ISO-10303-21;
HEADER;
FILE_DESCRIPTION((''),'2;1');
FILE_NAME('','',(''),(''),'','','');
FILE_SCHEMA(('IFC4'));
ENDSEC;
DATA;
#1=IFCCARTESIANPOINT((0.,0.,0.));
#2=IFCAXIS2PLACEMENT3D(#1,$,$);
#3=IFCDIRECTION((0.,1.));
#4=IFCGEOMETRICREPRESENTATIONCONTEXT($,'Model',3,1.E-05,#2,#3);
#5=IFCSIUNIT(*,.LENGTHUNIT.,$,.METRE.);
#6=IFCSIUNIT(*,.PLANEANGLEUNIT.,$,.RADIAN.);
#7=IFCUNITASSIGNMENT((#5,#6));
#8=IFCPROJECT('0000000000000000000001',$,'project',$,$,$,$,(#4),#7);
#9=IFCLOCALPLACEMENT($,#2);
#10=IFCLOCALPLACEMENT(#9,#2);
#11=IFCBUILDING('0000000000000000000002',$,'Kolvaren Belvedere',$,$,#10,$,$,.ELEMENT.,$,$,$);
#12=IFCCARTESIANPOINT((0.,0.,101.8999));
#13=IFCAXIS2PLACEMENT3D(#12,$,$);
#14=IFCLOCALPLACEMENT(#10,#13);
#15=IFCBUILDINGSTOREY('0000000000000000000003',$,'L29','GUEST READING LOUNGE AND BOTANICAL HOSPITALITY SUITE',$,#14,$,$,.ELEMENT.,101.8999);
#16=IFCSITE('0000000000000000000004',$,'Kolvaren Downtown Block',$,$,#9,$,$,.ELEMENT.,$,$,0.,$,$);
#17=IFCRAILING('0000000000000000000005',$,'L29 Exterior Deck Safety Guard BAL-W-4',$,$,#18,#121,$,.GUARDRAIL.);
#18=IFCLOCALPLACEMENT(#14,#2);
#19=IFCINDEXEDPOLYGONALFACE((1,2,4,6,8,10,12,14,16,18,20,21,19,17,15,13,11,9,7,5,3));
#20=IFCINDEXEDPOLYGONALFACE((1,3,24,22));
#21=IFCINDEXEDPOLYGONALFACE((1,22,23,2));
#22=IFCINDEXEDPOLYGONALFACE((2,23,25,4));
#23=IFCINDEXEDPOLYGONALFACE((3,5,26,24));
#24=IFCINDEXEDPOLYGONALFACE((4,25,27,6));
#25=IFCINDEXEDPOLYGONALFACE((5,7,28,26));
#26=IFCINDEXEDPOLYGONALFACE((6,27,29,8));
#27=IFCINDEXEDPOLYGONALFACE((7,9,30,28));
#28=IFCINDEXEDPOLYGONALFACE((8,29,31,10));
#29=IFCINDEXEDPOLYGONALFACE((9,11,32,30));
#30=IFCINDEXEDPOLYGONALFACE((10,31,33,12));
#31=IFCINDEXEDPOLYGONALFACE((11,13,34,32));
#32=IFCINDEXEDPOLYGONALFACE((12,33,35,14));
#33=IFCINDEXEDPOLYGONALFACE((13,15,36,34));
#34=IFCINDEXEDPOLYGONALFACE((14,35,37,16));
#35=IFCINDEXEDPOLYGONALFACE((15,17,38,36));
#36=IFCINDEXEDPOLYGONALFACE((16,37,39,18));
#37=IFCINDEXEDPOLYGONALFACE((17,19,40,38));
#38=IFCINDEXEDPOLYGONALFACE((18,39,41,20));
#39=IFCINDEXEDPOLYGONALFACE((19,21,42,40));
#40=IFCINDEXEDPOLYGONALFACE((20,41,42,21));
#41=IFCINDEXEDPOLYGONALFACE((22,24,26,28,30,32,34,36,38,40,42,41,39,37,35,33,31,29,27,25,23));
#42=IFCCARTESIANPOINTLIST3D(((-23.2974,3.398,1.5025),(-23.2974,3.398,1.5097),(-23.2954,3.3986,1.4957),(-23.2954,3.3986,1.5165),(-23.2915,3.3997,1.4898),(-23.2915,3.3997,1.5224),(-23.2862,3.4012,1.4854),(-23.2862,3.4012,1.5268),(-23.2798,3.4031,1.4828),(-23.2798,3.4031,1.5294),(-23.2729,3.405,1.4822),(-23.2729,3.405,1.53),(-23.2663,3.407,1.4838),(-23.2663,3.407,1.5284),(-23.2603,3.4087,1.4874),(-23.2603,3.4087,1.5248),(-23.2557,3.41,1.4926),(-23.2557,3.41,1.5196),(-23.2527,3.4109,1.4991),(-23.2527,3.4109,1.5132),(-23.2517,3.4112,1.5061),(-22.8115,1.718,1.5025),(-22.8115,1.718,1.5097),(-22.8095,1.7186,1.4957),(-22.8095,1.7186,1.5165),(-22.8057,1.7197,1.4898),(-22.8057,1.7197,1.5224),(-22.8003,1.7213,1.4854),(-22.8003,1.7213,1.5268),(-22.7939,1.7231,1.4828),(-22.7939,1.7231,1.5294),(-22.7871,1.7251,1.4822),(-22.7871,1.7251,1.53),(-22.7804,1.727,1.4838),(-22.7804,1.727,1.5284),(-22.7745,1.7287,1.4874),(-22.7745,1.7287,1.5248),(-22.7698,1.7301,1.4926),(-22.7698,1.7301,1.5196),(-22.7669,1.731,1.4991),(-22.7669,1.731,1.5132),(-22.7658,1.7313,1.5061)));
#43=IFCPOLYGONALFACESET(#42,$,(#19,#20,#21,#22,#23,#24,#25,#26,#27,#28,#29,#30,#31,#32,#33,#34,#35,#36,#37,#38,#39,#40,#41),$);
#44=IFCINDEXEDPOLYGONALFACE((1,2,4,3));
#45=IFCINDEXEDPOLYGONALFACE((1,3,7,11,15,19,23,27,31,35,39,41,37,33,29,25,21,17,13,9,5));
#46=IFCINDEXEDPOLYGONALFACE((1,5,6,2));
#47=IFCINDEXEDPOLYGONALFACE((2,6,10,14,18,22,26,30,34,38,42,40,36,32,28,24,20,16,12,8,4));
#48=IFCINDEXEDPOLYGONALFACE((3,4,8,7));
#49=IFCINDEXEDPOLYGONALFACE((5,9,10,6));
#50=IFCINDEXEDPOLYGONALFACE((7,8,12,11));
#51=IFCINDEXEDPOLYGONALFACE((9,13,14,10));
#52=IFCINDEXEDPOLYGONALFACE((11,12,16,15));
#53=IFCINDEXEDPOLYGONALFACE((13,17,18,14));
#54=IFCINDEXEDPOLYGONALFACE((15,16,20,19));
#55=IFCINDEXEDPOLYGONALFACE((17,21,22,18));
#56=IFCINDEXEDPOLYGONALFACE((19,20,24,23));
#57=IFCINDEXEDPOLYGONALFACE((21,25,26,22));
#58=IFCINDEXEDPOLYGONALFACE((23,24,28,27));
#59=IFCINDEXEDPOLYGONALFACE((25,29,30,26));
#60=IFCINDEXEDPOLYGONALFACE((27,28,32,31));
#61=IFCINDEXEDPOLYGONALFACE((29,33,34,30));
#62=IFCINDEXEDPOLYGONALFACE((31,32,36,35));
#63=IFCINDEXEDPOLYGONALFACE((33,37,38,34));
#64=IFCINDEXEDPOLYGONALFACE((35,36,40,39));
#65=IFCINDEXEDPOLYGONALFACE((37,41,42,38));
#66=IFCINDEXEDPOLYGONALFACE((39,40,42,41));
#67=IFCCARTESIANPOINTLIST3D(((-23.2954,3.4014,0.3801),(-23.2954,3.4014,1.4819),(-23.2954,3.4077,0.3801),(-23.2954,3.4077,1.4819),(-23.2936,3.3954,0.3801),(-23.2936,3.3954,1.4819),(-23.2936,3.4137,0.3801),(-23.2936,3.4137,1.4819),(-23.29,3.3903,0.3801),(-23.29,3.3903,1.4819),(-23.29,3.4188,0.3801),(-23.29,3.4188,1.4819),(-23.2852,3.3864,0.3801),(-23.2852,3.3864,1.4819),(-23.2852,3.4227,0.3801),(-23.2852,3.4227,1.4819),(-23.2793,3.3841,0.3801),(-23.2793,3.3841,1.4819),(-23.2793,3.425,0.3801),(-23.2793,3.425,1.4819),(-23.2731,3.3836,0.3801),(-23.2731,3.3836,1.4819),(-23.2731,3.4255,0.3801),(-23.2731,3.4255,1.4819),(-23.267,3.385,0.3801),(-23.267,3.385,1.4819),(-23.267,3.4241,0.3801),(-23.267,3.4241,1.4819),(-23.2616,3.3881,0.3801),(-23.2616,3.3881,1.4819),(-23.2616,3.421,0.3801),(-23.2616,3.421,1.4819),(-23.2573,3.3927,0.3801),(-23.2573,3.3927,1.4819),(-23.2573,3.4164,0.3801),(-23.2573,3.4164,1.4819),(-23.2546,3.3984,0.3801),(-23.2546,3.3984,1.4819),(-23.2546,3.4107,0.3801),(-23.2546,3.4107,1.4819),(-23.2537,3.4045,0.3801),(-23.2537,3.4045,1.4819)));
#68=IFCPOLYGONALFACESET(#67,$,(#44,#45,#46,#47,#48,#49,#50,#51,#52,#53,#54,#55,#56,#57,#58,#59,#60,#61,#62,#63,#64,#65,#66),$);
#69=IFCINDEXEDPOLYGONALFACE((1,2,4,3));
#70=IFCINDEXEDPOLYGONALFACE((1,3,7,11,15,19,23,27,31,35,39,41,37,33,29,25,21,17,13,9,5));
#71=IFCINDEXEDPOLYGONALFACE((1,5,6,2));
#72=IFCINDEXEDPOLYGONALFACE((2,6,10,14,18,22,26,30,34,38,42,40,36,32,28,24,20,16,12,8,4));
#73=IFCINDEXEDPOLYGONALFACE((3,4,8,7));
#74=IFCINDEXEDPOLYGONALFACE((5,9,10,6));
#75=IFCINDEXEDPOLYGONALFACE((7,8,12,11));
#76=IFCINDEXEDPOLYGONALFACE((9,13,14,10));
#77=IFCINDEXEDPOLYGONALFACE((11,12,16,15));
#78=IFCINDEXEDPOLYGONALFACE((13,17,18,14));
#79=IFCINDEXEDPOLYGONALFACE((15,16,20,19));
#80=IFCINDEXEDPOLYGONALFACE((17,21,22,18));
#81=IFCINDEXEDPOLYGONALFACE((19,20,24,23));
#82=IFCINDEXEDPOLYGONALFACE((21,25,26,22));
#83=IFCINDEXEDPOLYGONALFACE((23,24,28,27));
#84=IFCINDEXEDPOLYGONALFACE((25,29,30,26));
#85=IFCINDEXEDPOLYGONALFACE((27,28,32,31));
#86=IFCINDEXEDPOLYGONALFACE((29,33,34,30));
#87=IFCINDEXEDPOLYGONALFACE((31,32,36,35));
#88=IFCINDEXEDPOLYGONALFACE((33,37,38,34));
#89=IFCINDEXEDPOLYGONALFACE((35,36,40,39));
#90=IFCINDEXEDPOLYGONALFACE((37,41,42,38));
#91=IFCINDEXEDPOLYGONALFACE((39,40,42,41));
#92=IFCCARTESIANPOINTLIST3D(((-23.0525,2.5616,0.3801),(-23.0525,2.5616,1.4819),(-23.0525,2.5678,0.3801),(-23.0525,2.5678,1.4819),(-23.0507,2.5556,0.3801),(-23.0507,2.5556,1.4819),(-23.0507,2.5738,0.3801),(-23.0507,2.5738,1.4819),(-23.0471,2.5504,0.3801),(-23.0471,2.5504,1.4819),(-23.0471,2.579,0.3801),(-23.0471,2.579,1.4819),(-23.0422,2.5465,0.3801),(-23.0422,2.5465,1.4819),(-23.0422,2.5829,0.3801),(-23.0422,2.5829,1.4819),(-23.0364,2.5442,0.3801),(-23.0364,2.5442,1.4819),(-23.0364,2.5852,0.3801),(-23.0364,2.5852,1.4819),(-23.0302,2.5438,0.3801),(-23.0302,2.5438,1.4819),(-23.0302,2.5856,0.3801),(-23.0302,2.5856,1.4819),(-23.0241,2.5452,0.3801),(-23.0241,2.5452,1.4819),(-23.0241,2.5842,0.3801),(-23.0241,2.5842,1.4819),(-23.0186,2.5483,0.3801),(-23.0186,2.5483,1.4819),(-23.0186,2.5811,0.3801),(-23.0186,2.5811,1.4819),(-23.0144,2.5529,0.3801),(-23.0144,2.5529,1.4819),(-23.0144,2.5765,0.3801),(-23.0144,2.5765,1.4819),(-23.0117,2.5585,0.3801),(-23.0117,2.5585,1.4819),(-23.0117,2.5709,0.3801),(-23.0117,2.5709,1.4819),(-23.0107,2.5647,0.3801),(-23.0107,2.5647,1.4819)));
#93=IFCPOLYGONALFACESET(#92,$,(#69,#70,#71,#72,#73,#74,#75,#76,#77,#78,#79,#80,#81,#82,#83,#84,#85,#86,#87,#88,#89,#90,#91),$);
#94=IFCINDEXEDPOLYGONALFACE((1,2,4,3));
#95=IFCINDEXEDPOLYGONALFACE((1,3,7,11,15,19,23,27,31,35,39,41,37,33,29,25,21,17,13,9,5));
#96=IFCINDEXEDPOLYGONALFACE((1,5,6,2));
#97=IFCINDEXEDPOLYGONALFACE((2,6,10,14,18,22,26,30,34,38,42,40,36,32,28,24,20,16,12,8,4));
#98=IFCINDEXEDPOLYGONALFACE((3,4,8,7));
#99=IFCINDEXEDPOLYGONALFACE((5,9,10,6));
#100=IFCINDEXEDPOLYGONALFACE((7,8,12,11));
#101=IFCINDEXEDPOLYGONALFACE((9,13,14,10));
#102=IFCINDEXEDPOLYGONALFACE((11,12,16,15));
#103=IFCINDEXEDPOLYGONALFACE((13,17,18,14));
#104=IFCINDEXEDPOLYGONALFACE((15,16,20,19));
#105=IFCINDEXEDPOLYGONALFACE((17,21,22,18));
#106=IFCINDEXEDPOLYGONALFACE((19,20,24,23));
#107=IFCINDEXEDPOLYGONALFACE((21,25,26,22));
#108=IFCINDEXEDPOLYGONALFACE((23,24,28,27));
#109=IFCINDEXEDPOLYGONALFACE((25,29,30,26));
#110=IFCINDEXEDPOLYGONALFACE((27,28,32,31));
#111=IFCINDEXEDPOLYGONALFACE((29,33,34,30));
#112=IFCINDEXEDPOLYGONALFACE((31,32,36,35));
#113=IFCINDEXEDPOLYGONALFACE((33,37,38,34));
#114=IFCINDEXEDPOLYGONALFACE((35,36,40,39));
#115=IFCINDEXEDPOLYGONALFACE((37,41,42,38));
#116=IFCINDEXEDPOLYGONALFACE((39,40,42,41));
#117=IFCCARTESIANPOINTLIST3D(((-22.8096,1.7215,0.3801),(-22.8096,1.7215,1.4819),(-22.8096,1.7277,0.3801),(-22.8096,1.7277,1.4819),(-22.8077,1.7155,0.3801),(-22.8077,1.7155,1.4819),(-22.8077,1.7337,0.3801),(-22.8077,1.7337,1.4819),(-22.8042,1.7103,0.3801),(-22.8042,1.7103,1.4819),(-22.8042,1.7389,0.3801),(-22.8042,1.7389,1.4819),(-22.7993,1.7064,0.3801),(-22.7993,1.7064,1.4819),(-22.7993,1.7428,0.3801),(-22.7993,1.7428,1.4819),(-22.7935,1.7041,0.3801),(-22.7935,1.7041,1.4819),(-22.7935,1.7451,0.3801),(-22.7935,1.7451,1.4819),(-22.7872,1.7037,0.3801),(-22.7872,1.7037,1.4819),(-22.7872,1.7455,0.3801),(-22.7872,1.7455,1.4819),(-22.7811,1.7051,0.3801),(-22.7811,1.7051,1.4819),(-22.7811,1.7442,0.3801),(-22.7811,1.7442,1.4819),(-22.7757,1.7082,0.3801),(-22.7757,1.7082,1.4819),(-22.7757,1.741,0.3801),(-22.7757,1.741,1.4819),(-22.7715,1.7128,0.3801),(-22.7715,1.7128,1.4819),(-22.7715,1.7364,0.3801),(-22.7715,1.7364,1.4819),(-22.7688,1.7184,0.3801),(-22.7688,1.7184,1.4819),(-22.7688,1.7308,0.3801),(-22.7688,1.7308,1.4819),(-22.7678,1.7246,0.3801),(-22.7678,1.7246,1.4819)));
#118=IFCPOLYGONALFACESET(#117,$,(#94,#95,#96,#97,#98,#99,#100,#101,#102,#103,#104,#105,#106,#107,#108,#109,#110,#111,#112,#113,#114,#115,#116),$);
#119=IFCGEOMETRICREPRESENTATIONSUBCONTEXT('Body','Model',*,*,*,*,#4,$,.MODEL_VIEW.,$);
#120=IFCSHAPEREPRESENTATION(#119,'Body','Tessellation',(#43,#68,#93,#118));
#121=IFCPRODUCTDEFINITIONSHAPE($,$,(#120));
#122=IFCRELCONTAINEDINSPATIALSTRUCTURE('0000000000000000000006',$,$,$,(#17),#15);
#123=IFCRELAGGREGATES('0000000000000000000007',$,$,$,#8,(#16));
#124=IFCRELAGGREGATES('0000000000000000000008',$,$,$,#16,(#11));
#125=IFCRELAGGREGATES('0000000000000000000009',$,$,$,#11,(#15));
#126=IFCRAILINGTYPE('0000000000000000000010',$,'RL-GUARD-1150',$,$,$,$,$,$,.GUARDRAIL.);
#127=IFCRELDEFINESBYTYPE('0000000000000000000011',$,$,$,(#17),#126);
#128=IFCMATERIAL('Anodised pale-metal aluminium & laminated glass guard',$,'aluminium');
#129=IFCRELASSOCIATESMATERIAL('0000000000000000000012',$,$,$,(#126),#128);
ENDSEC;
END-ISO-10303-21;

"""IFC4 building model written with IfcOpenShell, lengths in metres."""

from ifc_helpers import new_model, si_unit, direction, frame, origin, origin_2d, place, context, subcontext, project, spatial, circle, extrude, material, type_object, element, save


model = new_model("IFC4")

# Units and contexts
model_context = context("Model", 3, precision=1e-05, world=origin(), true_north=direction((0.0, 1.0)))
body_context = subcontext(model_context, "Body", "Model", "MODEL_VIEW")
ifc_project = project(units=[si_unit("LENGTHUNIT", "METRE"), si_unit("PLANEANGLEUNIT", "RADIAN")], contexts=[model_context])

# Site, building, storey
site_placement = place(None, origin())
site = spatial("IfcSite", under=ifc_project, at=site_placement, Name="Kolvaren Downtown Block", CompositionType="ELEMENT", RefElevation=0.0)
building_placement = place(site_placement, origin())
building = spatial("IfcBuilding", under=site, at=building_placement, Name="Kolvaren Belvedere", CompositionType="ELEMENT")
storey_placement = place(building_placement, frame((0.0, 0.0, 101.8999)))
storey = spatial("IfcBuildingStorey", under=building, at=storey_placement, Name="L29", Description="GUEST READING LOUNGE AND BOTANICAL HOSPITALITY SUITE", CompositionType="ELEMENT", Elevation=101.8999)

# Railing
ifc_material_1 = material(Name="Anodised pale-metal aluminium & laminated glass guard", Category="aluminium")
railing_type = type_object("IfcRailingType", Name="RL-GUARD-1150", PredefinedType="GUARDRAIL", material=ifc_material_1)
railing_1_placement = place(storey_placement, frame((-23.2747, 3.4045, 0.3801)))
element("IfcRailing", 1, at=railing_1_placement, inside=storey, type_object=railing_type, Name="L29 Exterior Deck Safety Guard BAL-W-4", PredefinedType="GUARDRAIL", context=body_context, shape_type="SweptSolid", body=[
    extrude(circle(Radius=0.0239, at=origin_2d()), frame((0.0, 0.0, 1.126), z_axis=(0.277817, -0.960634, 0.0), x_axis=(0.960634, 0.277817, 0.0)), (0.0, 0.0, 1.0), 1.7488),
    extrude(circle(Radius=0.021, at=origin_2d()), origin(), (0.0, 0.0, 1.0), 1.1018),
    extrude(circle(Radius=0.021, at=origin_2d()), frame((0.2429, -0.8398, 0.0)), (0.0, 0.0, 1.0), 1.1018),
    extrude(circle(Radius=0.021, at=origin_2d()), frame((0.4858, -1.6799, 0.0)), (0.0, 0.0, 1.0), 1.1018),
])

save(model, "model.ifc")
